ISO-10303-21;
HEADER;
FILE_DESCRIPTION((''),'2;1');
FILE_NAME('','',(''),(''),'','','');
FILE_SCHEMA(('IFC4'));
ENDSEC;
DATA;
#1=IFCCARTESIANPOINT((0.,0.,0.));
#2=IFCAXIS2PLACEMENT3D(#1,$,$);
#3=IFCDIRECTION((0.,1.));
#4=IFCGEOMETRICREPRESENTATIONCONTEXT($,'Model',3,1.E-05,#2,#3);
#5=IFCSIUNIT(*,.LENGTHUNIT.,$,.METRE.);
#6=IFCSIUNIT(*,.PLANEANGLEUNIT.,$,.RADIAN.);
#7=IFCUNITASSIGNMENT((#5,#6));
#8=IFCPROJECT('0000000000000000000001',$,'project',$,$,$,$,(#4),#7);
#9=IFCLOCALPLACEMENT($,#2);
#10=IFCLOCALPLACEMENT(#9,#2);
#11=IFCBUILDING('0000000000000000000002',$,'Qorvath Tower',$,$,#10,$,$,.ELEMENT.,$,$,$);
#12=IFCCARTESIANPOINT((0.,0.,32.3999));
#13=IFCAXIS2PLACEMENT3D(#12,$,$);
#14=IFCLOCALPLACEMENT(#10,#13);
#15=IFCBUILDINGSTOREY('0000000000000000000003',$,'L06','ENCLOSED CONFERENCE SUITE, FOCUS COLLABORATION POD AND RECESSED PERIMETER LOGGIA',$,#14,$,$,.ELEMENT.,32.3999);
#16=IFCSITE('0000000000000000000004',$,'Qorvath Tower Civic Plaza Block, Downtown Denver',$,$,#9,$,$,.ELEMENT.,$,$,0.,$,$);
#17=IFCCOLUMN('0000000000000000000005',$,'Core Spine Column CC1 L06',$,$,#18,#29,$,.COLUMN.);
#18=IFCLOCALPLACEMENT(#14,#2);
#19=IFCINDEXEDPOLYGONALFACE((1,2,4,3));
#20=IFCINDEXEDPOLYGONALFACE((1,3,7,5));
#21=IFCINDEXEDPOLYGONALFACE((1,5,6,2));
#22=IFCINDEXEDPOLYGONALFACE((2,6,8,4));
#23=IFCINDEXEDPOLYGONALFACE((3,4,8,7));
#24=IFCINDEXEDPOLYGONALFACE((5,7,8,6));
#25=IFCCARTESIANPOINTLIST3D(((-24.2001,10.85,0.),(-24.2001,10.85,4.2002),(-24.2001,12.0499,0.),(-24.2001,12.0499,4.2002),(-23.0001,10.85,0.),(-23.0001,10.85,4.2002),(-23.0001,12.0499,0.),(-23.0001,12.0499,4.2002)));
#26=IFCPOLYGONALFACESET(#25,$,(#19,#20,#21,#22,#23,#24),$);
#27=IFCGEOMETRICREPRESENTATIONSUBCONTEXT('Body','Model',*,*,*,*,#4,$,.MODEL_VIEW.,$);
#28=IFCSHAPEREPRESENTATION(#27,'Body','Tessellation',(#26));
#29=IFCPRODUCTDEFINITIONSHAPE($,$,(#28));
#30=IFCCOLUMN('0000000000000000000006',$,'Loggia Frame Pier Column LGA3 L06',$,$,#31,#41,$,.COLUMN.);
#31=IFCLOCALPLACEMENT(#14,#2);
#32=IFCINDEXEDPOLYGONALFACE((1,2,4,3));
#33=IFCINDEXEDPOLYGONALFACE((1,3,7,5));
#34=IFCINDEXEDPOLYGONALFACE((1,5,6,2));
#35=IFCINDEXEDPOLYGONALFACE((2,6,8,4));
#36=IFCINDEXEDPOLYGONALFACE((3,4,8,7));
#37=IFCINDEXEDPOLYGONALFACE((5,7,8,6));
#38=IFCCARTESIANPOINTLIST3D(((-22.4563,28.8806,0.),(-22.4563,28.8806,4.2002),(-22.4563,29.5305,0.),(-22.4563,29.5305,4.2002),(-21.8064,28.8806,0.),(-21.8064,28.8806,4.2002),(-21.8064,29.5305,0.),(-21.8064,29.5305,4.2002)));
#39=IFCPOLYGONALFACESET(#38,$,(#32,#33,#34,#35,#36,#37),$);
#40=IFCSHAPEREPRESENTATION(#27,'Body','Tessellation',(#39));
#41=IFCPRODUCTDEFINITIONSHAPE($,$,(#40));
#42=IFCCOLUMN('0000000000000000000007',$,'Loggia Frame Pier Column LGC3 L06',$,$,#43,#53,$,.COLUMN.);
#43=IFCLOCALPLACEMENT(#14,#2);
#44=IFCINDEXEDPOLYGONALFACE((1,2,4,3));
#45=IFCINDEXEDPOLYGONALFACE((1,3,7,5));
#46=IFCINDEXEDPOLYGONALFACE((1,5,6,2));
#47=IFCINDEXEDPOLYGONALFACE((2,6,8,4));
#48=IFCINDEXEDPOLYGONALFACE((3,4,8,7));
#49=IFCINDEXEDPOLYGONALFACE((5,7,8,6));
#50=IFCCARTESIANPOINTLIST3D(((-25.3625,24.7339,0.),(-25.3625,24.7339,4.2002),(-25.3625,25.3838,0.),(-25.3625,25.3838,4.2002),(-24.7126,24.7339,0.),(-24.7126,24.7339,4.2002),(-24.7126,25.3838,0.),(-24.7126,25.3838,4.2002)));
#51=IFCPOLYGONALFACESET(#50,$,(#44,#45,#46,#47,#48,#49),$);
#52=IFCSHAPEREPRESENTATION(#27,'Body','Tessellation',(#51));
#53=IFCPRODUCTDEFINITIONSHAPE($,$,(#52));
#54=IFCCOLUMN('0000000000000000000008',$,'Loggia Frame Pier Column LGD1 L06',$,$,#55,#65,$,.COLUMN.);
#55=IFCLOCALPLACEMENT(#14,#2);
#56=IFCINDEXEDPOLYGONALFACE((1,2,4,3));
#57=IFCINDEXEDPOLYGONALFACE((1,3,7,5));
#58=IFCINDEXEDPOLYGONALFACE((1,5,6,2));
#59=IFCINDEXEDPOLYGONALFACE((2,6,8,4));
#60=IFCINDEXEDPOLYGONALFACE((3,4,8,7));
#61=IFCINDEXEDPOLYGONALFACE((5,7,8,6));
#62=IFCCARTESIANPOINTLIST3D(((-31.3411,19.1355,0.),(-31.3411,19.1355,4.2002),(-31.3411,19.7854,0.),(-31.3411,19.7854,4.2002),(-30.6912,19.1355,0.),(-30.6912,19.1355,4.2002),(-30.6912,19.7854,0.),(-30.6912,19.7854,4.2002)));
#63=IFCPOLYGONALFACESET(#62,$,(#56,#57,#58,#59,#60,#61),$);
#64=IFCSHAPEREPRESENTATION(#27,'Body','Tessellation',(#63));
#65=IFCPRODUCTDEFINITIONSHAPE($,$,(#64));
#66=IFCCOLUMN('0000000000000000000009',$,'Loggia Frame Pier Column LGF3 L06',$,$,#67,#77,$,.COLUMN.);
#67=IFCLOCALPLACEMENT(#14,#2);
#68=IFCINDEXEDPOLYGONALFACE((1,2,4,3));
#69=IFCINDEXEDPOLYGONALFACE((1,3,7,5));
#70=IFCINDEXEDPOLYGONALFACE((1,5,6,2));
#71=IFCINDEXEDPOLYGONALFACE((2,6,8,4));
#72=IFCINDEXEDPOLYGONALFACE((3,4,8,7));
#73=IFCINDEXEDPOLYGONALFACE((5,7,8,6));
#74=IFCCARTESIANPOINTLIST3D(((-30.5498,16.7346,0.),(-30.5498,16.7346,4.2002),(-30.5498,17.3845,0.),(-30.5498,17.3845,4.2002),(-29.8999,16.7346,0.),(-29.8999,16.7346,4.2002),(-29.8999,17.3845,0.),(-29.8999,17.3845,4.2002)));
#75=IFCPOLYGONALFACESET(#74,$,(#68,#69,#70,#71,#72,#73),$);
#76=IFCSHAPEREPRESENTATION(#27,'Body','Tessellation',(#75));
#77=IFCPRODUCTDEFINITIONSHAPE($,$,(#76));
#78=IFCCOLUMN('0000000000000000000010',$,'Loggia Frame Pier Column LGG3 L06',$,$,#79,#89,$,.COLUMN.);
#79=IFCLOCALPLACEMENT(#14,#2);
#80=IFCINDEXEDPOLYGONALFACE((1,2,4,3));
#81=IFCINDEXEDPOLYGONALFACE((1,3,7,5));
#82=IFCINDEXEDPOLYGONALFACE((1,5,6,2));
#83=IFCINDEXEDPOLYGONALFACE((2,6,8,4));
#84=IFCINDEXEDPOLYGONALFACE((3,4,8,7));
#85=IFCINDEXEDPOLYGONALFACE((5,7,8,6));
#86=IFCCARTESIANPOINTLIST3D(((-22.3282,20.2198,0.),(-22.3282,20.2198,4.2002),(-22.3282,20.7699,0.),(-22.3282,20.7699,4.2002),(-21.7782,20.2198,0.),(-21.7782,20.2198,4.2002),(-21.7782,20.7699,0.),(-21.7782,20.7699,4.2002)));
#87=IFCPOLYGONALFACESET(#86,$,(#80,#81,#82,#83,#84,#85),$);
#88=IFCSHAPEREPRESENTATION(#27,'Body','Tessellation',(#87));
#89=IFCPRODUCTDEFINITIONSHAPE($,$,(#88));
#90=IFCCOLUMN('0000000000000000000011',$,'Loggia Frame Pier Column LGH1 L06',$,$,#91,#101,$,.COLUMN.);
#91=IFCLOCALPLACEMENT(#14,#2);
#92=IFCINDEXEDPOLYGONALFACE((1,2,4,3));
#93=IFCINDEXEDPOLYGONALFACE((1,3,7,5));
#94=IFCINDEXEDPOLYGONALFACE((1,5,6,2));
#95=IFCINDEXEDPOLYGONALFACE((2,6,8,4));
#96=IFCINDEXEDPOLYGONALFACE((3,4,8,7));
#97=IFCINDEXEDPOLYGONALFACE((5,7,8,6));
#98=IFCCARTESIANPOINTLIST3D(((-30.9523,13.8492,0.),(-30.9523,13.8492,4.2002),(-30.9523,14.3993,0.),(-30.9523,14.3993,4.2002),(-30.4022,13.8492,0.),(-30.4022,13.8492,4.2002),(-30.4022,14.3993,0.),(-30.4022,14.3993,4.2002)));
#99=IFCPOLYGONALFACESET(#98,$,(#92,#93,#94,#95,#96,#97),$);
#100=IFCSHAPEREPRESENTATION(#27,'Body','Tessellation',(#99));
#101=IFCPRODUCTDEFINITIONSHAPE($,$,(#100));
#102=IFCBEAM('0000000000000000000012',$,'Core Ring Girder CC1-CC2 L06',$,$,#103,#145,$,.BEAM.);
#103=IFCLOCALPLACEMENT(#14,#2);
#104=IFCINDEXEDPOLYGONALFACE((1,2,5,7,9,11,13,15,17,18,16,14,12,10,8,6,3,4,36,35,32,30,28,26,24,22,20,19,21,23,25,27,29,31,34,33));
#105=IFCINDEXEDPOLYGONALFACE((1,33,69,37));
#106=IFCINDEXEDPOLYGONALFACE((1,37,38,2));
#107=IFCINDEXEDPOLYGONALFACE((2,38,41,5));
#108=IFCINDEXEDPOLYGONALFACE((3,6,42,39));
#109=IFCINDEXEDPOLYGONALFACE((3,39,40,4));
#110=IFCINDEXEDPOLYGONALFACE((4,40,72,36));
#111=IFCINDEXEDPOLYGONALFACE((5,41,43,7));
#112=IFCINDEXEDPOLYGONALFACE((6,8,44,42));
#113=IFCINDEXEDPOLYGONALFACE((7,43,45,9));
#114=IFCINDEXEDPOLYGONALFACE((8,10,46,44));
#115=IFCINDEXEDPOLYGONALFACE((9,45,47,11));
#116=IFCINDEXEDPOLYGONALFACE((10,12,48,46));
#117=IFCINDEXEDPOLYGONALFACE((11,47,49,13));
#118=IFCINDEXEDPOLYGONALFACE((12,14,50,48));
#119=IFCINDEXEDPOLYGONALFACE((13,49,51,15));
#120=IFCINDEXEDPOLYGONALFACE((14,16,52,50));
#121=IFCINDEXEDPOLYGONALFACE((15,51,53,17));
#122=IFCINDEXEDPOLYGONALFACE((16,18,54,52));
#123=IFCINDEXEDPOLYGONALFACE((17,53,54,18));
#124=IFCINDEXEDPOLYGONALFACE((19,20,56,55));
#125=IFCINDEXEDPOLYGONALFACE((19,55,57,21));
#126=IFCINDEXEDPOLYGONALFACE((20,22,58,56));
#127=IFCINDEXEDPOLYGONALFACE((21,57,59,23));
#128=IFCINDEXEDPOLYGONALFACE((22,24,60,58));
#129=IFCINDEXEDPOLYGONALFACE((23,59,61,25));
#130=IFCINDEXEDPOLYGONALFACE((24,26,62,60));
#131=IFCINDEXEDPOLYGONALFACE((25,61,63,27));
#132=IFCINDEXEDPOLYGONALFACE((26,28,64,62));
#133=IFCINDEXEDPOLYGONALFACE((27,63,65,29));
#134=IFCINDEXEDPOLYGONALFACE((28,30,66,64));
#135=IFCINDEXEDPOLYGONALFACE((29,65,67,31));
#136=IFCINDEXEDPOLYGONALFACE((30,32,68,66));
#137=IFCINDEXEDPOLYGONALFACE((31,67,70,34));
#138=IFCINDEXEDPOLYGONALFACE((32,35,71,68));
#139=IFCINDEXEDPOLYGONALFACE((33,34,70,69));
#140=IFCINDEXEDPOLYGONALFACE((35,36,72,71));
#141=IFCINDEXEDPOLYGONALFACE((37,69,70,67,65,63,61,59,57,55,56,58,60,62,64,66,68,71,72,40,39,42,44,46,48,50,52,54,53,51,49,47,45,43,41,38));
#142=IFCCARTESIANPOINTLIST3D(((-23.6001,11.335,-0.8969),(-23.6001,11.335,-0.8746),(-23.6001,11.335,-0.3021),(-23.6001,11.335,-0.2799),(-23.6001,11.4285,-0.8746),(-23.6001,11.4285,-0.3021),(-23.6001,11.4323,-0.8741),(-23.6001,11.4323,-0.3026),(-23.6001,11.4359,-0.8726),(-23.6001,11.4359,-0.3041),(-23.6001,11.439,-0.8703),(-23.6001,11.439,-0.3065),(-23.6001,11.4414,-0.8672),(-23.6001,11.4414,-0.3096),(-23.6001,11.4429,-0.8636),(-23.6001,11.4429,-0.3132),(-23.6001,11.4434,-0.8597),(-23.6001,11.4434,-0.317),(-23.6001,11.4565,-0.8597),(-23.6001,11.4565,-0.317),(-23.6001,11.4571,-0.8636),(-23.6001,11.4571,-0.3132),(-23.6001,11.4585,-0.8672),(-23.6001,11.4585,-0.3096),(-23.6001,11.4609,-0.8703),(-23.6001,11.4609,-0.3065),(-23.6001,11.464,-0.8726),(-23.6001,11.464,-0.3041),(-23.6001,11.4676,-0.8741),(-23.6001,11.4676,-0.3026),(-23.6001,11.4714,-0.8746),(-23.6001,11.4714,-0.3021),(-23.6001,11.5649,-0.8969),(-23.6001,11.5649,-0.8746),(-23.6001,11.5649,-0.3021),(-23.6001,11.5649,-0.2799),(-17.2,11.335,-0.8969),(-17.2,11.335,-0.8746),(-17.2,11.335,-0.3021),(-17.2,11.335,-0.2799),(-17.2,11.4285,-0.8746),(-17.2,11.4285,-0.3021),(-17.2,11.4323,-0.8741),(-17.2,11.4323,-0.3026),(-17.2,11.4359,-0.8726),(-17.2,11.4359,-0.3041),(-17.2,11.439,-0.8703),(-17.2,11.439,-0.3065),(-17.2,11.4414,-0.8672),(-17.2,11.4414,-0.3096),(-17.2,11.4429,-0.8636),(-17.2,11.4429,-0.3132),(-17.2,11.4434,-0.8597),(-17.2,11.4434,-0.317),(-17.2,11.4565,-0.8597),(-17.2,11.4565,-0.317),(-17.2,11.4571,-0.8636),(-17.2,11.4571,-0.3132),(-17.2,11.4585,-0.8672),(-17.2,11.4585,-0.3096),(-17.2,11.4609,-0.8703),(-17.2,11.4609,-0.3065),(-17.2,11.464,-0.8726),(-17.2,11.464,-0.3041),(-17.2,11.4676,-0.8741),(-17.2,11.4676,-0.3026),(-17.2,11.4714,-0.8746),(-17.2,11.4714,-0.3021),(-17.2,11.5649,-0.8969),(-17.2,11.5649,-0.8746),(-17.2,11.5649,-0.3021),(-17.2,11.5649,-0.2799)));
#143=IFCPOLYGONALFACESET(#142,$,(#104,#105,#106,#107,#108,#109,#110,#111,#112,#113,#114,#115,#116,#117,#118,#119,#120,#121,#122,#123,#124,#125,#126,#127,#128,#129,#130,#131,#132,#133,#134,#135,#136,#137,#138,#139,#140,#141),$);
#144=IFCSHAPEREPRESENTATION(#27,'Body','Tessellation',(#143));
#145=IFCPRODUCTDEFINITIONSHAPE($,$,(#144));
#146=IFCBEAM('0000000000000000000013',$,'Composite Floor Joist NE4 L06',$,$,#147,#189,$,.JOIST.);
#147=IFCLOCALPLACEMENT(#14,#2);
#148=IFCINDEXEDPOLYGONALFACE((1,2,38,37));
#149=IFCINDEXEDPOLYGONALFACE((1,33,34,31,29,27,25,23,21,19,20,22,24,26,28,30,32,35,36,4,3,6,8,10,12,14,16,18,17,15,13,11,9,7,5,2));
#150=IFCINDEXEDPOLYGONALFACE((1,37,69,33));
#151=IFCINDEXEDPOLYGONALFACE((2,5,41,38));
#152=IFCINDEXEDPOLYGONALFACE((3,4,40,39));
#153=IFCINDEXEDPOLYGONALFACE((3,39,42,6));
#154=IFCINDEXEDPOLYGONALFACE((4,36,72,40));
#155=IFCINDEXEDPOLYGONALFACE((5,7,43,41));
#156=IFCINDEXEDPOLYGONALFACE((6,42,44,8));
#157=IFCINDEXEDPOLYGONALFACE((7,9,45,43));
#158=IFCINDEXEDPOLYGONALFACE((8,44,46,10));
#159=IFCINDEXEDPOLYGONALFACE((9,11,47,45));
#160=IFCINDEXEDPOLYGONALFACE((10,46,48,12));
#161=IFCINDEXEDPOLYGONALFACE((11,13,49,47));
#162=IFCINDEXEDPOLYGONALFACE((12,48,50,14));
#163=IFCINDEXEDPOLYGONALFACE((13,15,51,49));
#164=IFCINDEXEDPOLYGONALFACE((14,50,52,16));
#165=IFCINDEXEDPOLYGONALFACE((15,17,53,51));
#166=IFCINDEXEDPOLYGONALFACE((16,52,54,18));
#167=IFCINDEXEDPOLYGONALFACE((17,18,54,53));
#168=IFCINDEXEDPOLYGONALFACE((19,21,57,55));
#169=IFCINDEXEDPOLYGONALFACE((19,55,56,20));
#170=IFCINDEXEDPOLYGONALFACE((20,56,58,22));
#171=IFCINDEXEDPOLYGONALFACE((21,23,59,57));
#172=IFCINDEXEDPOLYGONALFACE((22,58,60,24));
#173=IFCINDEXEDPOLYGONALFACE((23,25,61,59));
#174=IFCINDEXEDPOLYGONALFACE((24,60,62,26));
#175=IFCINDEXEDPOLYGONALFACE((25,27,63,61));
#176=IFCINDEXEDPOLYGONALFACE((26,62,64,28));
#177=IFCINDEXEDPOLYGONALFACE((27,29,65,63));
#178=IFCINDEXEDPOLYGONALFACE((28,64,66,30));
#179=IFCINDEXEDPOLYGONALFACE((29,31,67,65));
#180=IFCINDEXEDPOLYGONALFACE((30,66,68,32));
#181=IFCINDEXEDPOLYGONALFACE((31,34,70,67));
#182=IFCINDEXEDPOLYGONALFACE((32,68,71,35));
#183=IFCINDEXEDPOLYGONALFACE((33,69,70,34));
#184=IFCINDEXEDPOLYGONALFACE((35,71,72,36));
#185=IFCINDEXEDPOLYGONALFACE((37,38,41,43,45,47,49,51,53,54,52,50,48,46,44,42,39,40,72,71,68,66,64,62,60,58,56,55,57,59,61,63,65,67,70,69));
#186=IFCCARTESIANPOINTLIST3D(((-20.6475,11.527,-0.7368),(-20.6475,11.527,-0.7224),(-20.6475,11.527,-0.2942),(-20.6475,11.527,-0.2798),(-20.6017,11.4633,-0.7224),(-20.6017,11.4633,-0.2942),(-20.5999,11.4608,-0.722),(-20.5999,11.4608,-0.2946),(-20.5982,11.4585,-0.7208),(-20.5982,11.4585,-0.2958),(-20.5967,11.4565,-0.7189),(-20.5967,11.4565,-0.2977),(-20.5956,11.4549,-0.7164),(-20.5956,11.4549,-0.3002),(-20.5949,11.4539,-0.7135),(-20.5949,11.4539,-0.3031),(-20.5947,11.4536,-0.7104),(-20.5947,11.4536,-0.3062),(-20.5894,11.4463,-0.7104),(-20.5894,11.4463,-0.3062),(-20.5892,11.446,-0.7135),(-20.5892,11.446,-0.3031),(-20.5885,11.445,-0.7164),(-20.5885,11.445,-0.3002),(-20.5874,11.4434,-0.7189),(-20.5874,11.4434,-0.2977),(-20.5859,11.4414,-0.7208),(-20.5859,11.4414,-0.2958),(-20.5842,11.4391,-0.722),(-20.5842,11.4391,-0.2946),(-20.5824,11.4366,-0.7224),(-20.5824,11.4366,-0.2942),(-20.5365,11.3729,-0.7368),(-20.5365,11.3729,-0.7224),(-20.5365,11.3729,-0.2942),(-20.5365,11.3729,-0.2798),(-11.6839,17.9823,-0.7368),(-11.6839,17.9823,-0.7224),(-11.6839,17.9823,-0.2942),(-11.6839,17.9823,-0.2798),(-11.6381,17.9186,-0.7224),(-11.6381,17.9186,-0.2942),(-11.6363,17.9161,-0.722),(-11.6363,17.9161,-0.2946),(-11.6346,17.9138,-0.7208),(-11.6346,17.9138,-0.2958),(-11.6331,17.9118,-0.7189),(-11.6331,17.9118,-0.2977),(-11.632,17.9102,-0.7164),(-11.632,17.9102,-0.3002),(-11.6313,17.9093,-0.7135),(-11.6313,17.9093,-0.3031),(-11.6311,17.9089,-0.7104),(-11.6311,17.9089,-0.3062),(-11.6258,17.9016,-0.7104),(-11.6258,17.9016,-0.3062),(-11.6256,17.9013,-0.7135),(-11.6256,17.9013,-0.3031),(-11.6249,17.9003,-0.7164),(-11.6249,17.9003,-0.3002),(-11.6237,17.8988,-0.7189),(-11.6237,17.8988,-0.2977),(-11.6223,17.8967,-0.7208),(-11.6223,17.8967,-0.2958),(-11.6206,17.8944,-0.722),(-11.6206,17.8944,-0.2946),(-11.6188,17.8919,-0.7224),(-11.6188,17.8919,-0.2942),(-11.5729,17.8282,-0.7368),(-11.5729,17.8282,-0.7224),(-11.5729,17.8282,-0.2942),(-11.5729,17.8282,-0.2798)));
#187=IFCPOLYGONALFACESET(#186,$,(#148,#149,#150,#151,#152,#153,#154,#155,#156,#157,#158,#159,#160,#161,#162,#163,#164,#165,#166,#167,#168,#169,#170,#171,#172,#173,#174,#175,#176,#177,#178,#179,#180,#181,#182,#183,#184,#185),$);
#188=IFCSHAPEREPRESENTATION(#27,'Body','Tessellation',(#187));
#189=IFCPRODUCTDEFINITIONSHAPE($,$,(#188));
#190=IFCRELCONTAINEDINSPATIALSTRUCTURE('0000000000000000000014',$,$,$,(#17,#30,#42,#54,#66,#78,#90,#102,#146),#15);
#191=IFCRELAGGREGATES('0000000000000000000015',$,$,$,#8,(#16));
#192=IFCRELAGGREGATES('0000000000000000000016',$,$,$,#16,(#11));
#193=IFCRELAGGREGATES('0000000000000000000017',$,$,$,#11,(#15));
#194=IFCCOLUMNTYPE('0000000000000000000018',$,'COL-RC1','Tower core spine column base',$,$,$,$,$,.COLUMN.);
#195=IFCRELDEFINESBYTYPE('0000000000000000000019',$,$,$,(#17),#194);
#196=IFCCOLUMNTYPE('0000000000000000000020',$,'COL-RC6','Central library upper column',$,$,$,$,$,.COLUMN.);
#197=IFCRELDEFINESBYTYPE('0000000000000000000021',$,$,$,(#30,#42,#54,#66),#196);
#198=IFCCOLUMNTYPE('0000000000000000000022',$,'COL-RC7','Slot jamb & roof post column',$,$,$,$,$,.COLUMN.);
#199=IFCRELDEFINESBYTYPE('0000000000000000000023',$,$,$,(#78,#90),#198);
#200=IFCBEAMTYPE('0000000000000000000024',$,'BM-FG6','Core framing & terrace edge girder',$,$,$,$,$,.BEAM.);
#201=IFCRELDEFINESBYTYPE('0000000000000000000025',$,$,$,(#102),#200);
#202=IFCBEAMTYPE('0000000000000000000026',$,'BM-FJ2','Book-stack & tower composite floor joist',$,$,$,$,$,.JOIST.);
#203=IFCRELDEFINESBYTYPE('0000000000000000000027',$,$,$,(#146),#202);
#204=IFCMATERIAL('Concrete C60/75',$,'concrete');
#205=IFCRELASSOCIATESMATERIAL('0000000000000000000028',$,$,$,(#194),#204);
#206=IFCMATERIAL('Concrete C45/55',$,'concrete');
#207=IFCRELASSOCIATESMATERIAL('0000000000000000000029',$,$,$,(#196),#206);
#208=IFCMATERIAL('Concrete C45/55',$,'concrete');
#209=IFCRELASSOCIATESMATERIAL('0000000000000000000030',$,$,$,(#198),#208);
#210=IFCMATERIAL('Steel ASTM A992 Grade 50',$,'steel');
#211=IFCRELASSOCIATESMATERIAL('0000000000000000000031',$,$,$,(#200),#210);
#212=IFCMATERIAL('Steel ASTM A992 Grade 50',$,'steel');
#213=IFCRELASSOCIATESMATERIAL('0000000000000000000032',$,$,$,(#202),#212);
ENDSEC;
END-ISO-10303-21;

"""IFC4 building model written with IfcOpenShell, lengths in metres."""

from ifc_helpers import new_model, si_unit, direction, frame, origin, origin_2d, place, context, subcontext, project, spatial, rectangle, i_section, extrude, material, material_profile, profile_set, type_object, element, save


model = new_model("IFC4")

# Units and contexts
model_context = context("Model", 3, precision=1e-05, world=origin(), true_north=direction((0.0, 1.0)))
body_context = subcontext(model_context, "Body", "Model", "MODEL_VIEW")
ifc_project = project(units=[si_unit("LENGTHUNIT", "METRE"), si_unit("PLANEANGLEUNIT", "RADIAN")], contexts=[model_context])

# Site, building, storey
site_placement = place(None, origin())
site = spatial("IfcSite", under=ifc_project, at=site_placement, Name="Qorvath Tower Civic Plaza Block, Downtown Denver", CompositionType="ELEMENT", RefElevation=0.0)
building_placement = place(site_placement, origin())
building = spatial("IfcBuilding", under=site, at=building_placement, Name="Qorvath Tower", CompositionType="ELEMENT")
storey_placement = place(building_placement, frame((0.0, 0.0, 32.3999)))
storey = spatial("IfcBuildingStorey", under=building, at=storey_placement, Name="L06", Description="ENCLOSED CONFERENCE SUITE, FOCUS COLLABORATION POD AND RECESSED PERIMETER LOGGIA", CompositionType="ELEMENT", Elevation=32.3999)

# Columns
ifc_material_1 = material(Name="Concrete C60/75", Category="concrete")
ifc_material_profile_1 = material_profile(ifc_material_1, rectangle(XDim=1.2, YDim=1.2, at=origin_2d()), Name="RC 1200x1200")
ifc_profile_set_1 = profile_set([ifc_material_profile_1], Name="Concrete C60/75")
column_type_1 = type_object("IfcColumnType", Name="COL-RC1", Description="Tower core spine column base", PredefinedType="COLUMN", material=ifc_profile_set_1)
column_placement = place(storey_placement, frame((-23.6001, 11.45, 0.0), z_axis=(0.0, 0.0, 1.0), x_axis=(1.0, 0.0, 0.0)))
element("IfcColumn", 1, at=column_placement, inside=storey, type_object=column_type_1, Name="Core Spine Column CC1 L06", PredefinedType="COLUMN", context=body_context, shape_type="SweptSolid", body=[
    extrude(rectangle(XDim=1.2, YDim=1.2, at=origin_2d()), origin(), (0.0, 0.0, 1.0), 4.2002),
])
ifc_material_2 = material(Name="Concrete C45/55", Category="concrete")
ifc_material_profile_2 = material_profile(ifc_material_2, rectangle(XDim=0.6499, YDim=0.6499, at=origin_2d()), Name="RC 650x650")
ifc_profile_set_2 = profile_set([ifc_material_profile_2], Name="Concrete C45/55")
column_type_2 = type_object("IfcColumnType", Name="COL-RC6", Description="Central library upper column", PredefinedType="COLUMN", material=ifc_profile_set_2)
for number, where, z_axis, x_axis, name in (
    (2, (-22.1313, 29.2056, 0.0), (0.0, 0.0, 1.0), (1.0, 0.0, 0.0), "Loggia Frame Pier Column LGA3 L06"),
    (3, (-25.0376, 25.0588, 0.0), (0.0, 0.0, 1.0), (1.0, 0.0, 0.0), "Loggia Frame Pier Column LGC3 L06"),
    (4, (-31.0161, 19.4604, 0.0), (0.0, 0.0, 1.0), (1.0, 0.0, 0.0), "Loggia Frame Pier Column LGD1 L06"),
    (5, (-30.2249, 17.0596, 0.0), (0.0, 0.0, 1.0), (1.0, 0.0, 0.0), "Loggia Frame Pier Column LGF3 L06"),
):
    element("IfcColumn", number, at=place(storey_placement, frame(where, z_axis=z_axis, x_axis=x_axis)), inside=storey, type_object=column_type_2, Name=name, PredefinedType="COLUMN", context=body_context, shape_type="SweptSolid", body=[
        extrude(rectangle(XDim=0.6499, YDim=0.6499, at=origin_2d()), origin(), (0.0, 0.0, 1.0), 4.2002),
    ])
ifc_material_3 = material(Name="Concrete C45/55", Category="concrete")
ifc_material_profile_3 = material_profile(ifc_material_3, rectangle(XDim=0.55, YDim=0.55, at=origin_2d()), Name="RC 550x550")
ifc_profile_set_3 = profile_set([ifc_material_profile_3], Name="Concrete C45/55")
column_type_3 = type_object("IfcColumnType", Name="COL-RC7", Description="Slot jamb & roof post column", PredefinedType="COLUMN", material=ifc_profile_set_3)
for number, where, z_axis, x_axis, name in (
    (6, (-22.0532, 20.4949, 0.0), (0.0, 0.0, 1.0), (1.0, 0.0, 0.0), "Loggia Frame Pier Column LGG3 L06"),
    (7, (-30.6772, 14.1243, 0.0), (0.0, 0.0, 1.0), (1.0, 0.0, 0.0), "Loggia Frame Pier Column LGH1 L06"),
):
    element("IfcColumn", number, at=place(storey_placement, frame(where, z_axis=z_axis, x_axis=x_axis)), inside=storey, type_object=column_type_3, Name=name, PredefinedType="COLUMN", context=body_context, shape_type="SweptSolid", body=[
        extrude(rectangle(XDim=0.55, YDim=0.55, at=origin_2d()), origin(), (0.0, 0.0, 1.0), 4.2002),
    ])

# Beams
ifc_material_4 = material(Name="Steel ASTM A992 Grade 50", Category="steel")
ifc_material_profile_4 = material_profile(ifc_material_4, i_section(OverallWidth=0.23, OverallDepth=0.6169, WebThickness=0.0132, FlangeThickness=0.0222, FilletRadius=0.0149, at=origin_2d()), Name="W24x94")
ifc_profile_set_4 = profile_set([ifc_material_profile_4], Name="Steel ASTM A992 Grade 50")
beam_type_1 = type_object("IfcBeamType", Name="BM-FG6", Description="Core framing & terrace edge girder", PredefinedType="BEAM", material=ifc_profile_set_4)
beam_1_placement = place(storey_placement, frame((-23.6001, 11.45, -0.5884), z_axis=(1.0, 0.0, 0.0), x_axis=(0.0, 1.0, 0.0)))
element("IfcBeam", 8, at=beam_1_placement, inside=storey, type_object=beam_type_1, Name="Core Ring Girder CC1-CC2 L06", PredefinedType="BEAM", context=body_context, shape_type="SweptSolid", body=[
    extrude(i_section(OverallWidth=0.23, OverallDepth=0.6169, WebThickness=0.0132, FlangeThickness=0.0222, FilletRadius=0.0149, at=origin_2d()), origin(), (0.0, 0.0, 1.0), 6.4001),
])
ifc_material_5 = material(Name="Steel ASTM A992 Grade 50", Category="steel")
ifc_material_profile_5 = material_profile(ifc_material_5, i_section(OverallWidth=0.1899, OverallDepth=0.457, WebThickness=0.009, FlangeThickness=0.0144, FilletRadius=0.012, at=origin_2d()), Name="W18x50")
ifc_profile_set_5 = profile_set([ifc_material_profile_5], Name="Steel ASTM A992 Grade 50")
beam_type_2 = type_object("IfcBeamType", Name="BM-FJ2", Description="Book-stack & tower composite floor joist", PredefinedType="JOIST", material=ifc_profile_set_5)
beam_2_placement = place(storey_placement, frame((-20.592, 11.45, -0.5083), z_axis=(0.811469, 0.584395, 0.0), x_axis=(-0.584395, 0.811469, 0.0)))
element("IfcBeam", 9, at=beam_2_placement, inside=storey, type_object=beam_type_2, Name="Composite Floor Joist NE4 L06", PredefinedType="JOIST", context=body_context, shape_type="SweptSolid", body=[
    extrude(i_section(OverallWidth=0.1899, OverallDepth=0.457, WebThickness=0.009, FlangeThickness=0.0144, FilletRadius=0.012, at=origin_2d()), origin(), (0.0, 0.0, 1.0), 11.0461),
])

save(model, "model.ifc")
